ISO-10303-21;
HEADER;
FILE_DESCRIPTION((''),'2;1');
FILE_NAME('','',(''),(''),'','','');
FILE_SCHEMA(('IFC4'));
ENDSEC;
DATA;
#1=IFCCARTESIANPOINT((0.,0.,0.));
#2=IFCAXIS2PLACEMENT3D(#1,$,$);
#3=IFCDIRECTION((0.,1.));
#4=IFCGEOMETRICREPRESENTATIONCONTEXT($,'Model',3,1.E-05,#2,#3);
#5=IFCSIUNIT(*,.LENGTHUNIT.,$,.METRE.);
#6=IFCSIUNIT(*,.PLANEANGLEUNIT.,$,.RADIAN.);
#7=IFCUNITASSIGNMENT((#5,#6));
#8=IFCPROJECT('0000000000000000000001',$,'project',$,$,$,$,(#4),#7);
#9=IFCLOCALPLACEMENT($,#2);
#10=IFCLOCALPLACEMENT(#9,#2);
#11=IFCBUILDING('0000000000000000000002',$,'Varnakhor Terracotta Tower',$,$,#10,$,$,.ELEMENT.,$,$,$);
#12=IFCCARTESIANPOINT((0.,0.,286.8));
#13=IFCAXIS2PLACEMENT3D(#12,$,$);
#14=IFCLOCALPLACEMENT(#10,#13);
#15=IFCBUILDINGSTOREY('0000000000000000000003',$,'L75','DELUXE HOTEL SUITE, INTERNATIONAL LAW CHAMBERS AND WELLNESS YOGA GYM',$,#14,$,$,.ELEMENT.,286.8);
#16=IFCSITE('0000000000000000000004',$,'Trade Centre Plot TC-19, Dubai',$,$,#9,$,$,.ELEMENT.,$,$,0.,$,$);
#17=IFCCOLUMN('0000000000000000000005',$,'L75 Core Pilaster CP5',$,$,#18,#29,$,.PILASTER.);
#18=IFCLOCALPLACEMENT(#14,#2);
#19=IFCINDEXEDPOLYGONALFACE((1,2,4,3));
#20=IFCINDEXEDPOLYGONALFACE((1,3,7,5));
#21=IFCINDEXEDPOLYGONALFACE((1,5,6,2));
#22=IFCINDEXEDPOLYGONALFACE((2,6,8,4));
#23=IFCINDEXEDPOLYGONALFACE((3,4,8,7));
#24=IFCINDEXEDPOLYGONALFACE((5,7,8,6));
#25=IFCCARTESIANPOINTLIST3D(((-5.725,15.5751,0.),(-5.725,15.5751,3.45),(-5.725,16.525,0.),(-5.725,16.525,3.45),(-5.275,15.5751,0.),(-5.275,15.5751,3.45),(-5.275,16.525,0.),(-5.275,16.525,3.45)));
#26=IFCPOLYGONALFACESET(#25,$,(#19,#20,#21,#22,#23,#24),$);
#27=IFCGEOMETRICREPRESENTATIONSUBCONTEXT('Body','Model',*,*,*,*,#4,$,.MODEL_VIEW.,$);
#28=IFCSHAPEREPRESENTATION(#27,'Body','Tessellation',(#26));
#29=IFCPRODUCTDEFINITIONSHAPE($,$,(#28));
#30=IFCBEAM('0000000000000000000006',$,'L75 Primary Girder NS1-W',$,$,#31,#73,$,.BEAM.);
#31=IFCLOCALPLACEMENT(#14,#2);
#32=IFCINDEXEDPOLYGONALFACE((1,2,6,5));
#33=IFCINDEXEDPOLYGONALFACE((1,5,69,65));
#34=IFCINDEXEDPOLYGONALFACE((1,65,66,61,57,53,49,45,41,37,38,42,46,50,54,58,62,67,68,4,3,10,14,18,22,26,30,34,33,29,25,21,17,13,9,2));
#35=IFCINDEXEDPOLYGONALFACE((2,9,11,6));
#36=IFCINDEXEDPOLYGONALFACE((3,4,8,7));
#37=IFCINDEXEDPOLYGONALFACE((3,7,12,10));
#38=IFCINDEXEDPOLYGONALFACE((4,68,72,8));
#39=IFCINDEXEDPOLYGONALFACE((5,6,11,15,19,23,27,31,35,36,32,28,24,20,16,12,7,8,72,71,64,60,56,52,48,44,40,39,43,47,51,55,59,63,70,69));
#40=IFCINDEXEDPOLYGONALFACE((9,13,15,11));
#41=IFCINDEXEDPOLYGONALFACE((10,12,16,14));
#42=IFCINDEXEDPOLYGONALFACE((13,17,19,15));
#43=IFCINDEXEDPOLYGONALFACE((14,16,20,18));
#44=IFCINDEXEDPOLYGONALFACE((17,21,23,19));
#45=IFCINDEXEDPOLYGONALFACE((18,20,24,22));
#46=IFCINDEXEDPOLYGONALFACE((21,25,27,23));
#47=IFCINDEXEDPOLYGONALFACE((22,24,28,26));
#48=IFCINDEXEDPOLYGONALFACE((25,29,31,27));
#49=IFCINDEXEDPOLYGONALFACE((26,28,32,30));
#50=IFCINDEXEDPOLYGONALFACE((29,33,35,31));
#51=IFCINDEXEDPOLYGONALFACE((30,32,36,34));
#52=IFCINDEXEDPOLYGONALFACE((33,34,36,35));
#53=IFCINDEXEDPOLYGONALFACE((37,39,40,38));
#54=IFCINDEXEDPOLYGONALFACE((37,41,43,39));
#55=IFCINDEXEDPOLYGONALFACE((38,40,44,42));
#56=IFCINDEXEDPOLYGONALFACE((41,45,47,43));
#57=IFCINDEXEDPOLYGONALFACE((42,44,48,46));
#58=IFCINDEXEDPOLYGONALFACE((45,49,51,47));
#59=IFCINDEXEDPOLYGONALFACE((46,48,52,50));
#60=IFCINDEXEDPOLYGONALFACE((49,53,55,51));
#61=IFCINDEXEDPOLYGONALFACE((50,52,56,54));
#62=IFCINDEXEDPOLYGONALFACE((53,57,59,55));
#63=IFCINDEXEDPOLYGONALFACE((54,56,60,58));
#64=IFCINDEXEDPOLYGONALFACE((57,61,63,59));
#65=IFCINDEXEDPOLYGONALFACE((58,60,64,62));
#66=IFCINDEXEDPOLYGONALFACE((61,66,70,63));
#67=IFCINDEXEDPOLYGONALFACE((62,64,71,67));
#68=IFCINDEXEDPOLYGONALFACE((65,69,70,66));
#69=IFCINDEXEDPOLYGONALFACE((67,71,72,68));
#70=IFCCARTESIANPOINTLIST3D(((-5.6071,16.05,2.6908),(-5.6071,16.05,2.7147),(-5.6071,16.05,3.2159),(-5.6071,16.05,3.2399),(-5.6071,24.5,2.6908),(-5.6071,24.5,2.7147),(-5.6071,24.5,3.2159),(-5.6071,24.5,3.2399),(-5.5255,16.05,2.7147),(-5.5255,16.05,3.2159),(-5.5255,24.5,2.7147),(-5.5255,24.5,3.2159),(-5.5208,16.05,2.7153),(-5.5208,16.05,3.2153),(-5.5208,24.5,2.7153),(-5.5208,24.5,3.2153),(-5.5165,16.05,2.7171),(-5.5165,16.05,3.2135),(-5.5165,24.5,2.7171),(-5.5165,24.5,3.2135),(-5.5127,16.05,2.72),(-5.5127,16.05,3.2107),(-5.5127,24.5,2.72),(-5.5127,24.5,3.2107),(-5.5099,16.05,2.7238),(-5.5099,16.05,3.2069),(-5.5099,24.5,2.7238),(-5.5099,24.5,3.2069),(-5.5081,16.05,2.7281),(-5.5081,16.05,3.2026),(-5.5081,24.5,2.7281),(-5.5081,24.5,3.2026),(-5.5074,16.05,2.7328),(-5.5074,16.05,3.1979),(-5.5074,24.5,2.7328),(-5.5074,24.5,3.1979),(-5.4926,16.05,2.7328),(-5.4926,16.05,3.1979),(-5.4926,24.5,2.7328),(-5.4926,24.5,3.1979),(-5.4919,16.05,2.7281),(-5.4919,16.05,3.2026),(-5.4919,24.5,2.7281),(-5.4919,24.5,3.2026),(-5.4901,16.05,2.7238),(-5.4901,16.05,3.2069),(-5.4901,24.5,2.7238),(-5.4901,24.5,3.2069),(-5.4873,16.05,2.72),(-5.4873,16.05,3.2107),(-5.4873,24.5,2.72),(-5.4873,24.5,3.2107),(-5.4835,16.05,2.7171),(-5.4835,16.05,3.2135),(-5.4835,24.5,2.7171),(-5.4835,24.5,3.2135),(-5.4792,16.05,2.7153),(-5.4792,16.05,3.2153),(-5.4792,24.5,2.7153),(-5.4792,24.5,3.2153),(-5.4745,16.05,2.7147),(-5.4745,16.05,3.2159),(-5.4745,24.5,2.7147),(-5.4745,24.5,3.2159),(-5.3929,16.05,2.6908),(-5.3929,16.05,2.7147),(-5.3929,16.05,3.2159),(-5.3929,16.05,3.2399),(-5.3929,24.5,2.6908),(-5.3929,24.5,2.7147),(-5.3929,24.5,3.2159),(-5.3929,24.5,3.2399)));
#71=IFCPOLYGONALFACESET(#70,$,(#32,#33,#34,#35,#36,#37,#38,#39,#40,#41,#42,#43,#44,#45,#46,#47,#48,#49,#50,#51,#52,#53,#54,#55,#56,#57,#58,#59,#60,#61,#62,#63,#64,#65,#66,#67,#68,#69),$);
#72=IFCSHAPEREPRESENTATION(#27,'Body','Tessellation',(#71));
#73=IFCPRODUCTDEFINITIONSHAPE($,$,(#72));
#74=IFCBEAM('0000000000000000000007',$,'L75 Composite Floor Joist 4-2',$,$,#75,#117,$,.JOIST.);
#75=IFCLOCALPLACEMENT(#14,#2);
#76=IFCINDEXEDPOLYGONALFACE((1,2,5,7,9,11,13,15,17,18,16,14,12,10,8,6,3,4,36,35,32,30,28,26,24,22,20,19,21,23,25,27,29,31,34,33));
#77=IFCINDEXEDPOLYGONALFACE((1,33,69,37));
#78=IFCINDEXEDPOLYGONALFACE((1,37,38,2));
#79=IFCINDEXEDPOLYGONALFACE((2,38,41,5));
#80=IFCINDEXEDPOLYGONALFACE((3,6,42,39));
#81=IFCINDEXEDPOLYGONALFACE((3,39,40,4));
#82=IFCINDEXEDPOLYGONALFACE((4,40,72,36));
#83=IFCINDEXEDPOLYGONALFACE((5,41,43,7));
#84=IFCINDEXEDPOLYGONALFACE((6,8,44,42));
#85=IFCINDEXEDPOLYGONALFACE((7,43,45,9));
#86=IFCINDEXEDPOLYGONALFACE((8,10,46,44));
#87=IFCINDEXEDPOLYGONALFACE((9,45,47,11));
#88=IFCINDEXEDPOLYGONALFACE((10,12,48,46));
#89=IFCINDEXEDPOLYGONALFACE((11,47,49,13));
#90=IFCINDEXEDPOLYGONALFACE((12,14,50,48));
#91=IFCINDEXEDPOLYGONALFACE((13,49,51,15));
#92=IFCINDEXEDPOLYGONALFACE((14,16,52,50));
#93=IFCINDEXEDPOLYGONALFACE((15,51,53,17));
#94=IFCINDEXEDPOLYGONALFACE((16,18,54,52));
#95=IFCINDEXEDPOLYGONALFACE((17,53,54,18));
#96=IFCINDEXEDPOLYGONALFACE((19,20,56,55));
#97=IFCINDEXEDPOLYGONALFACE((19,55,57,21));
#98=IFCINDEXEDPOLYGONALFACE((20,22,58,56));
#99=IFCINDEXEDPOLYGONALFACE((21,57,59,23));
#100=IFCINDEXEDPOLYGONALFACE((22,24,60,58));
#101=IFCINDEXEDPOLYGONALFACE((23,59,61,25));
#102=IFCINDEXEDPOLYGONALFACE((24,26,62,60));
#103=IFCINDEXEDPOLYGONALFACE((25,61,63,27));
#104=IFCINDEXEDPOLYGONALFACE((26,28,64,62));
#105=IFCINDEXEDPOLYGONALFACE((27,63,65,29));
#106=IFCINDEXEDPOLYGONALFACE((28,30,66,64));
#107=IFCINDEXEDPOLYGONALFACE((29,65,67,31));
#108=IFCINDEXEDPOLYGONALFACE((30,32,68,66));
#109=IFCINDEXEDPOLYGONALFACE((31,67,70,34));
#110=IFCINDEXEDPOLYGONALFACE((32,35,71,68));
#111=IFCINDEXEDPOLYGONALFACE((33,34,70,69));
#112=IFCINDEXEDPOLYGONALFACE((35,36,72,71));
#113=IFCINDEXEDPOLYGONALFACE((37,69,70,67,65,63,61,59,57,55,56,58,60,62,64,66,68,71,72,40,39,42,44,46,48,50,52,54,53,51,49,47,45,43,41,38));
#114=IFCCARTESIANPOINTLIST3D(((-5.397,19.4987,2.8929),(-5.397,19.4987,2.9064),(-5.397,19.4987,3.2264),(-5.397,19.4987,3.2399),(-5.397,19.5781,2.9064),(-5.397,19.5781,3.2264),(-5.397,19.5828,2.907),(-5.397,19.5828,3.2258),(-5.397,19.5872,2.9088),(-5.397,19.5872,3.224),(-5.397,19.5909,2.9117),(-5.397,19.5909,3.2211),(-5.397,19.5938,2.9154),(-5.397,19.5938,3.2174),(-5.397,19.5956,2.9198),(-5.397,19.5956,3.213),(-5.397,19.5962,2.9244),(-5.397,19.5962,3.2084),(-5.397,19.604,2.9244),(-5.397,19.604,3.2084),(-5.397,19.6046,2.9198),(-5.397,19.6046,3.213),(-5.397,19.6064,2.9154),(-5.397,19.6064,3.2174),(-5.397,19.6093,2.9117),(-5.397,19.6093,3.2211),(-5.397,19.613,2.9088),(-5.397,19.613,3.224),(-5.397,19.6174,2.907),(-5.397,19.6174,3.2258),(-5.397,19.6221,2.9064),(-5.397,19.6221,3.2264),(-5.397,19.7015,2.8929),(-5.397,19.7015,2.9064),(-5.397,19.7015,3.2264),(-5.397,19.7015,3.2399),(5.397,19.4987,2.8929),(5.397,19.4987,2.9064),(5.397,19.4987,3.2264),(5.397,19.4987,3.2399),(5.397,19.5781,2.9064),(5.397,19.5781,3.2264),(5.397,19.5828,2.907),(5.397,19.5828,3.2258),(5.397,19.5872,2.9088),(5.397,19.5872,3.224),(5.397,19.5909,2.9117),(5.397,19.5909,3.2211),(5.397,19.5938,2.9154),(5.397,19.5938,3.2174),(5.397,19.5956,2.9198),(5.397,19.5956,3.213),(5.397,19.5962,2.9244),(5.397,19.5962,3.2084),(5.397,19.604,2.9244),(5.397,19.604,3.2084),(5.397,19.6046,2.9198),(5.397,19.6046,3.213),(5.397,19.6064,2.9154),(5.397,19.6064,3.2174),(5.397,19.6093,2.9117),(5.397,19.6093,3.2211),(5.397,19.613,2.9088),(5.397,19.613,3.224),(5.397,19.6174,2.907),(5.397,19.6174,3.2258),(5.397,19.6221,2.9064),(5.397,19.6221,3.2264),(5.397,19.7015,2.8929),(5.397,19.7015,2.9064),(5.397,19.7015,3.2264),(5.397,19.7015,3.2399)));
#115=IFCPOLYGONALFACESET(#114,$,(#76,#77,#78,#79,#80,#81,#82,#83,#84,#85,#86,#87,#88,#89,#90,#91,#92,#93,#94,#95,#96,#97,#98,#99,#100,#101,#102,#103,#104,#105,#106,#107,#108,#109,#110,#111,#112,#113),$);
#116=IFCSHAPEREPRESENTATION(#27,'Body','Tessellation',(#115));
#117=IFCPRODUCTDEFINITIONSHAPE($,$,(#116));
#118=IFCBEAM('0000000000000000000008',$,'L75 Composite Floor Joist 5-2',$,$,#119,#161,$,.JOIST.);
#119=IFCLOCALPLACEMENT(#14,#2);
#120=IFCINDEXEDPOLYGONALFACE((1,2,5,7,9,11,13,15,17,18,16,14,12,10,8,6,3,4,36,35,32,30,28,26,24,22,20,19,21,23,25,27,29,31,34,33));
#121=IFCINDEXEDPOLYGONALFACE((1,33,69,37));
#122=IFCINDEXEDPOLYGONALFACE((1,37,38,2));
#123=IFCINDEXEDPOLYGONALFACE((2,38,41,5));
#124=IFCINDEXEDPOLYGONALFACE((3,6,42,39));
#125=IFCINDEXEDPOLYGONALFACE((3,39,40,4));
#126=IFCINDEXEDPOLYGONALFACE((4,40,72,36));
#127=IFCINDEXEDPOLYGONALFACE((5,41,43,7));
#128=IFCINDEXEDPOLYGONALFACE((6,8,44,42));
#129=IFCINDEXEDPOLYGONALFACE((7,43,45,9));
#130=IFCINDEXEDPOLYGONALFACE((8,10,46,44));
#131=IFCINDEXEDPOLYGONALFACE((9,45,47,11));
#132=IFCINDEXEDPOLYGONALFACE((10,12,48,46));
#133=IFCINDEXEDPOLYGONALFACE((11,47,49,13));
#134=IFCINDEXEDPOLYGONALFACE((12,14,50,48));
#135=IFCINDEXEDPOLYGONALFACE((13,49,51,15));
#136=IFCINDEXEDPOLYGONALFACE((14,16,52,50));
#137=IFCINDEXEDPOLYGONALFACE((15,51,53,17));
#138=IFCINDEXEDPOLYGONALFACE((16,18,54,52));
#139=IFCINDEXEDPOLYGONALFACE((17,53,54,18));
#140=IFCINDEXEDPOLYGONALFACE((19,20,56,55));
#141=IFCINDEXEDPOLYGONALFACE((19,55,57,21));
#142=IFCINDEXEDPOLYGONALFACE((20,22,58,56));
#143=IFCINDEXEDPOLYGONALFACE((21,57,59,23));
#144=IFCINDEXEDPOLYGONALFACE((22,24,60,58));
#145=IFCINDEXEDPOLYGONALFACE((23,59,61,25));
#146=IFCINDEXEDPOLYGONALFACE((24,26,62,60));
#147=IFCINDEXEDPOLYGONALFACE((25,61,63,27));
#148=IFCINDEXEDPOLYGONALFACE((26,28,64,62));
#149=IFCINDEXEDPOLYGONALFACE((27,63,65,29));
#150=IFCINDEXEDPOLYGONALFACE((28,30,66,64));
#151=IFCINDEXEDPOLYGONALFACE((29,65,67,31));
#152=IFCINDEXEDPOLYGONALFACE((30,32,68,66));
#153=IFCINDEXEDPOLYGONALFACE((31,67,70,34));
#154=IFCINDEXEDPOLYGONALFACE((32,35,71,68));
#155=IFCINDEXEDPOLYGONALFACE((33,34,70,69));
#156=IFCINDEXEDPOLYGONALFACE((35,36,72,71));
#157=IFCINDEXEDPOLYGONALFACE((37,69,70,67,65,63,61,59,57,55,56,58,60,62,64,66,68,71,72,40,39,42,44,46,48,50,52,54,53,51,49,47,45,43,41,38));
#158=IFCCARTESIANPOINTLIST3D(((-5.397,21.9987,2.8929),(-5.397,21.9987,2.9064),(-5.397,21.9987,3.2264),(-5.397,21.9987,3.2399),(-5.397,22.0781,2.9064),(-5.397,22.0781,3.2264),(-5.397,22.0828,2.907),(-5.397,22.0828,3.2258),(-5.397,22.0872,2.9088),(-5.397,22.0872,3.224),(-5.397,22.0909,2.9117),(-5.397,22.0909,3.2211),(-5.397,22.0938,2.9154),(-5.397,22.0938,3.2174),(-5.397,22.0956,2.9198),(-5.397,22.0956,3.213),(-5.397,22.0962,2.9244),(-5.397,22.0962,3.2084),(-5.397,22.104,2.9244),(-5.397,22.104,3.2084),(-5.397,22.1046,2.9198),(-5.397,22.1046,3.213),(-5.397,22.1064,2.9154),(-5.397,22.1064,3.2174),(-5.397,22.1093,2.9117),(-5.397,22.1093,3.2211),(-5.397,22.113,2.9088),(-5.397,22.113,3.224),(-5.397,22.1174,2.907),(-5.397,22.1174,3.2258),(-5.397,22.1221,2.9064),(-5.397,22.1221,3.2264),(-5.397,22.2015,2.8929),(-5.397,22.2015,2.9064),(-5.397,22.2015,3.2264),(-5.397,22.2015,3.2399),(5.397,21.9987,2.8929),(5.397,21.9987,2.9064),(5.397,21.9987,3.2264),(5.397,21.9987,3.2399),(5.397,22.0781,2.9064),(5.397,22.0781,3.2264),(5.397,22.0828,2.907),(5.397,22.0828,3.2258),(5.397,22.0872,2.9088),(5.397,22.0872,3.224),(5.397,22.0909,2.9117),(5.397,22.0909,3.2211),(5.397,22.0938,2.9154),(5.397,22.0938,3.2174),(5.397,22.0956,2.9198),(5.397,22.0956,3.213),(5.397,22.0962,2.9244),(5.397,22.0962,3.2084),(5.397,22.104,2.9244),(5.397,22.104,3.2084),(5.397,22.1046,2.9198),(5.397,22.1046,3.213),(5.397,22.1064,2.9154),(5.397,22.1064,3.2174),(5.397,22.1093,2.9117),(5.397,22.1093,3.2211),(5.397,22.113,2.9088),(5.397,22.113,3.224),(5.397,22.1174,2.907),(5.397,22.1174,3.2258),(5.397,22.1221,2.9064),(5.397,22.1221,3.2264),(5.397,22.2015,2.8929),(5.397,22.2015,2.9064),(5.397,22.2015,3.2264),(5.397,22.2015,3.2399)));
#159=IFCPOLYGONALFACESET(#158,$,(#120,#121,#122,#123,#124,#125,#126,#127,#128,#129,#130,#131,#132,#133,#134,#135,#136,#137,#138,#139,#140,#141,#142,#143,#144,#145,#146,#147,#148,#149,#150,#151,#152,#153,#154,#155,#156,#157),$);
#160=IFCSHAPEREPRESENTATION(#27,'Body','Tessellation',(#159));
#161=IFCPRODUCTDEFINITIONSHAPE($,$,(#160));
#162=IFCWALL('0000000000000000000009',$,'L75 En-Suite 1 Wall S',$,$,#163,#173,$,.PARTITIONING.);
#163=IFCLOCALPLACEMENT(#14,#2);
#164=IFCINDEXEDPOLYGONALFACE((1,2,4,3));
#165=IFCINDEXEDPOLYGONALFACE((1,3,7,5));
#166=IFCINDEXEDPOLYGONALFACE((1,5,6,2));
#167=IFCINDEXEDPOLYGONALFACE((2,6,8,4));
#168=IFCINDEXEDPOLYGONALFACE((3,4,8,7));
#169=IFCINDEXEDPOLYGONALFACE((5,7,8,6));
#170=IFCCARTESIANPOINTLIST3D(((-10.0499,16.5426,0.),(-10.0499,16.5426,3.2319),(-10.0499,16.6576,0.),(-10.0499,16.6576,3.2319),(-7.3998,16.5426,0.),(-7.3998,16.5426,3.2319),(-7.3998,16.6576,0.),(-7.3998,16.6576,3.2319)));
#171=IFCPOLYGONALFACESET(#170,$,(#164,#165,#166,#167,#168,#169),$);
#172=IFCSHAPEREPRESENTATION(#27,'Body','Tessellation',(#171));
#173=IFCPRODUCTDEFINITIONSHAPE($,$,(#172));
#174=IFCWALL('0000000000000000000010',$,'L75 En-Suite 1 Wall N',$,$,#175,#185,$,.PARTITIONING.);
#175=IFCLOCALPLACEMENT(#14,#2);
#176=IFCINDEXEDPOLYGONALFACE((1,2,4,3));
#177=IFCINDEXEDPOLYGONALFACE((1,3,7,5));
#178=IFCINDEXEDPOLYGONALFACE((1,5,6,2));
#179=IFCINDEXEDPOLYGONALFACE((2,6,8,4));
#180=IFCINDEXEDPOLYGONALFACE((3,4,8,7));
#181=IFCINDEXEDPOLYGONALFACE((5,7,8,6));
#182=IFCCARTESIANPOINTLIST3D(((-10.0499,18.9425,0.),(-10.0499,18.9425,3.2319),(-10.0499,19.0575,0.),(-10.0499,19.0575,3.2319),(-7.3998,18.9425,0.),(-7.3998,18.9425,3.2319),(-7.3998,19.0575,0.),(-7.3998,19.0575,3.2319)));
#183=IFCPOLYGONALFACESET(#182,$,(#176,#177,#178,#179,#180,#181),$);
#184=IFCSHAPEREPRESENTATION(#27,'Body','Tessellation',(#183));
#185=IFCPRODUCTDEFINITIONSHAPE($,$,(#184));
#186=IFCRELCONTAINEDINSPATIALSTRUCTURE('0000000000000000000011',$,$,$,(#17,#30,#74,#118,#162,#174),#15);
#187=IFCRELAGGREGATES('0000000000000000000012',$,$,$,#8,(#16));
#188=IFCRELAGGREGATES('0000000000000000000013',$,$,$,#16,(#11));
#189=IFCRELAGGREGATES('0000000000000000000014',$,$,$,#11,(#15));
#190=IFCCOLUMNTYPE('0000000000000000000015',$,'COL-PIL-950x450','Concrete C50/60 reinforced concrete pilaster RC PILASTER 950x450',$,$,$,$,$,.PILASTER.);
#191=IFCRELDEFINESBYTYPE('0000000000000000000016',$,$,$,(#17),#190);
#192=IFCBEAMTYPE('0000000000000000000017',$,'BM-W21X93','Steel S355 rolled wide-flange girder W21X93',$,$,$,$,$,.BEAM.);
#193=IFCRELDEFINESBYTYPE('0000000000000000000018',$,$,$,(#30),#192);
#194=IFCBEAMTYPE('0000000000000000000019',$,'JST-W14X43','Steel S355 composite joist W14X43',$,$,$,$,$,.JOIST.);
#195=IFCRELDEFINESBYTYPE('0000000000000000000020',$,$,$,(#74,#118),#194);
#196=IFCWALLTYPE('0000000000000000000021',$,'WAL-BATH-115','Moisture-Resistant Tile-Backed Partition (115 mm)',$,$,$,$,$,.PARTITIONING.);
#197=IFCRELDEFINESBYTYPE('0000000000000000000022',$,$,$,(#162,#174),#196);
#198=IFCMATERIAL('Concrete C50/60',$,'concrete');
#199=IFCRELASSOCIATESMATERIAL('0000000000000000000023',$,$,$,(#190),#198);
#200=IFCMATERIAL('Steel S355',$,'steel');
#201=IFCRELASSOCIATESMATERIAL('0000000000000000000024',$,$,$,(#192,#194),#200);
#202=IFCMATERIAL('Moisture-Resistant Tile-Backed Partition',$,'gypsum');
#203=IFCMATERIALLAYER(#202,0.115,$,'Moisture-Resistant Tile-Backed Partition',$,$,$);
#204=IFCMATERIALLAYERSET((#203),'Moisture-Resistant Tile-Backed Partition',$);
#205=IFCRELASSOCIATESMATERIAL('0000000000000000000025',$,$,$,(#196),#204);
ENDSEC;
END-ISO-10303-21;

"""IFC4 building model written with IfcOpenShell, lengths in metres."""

from ifc_helpers import new_model, si_unit, direction, frame, frame_2d, origin, origin_2d, place, context, subcontext, project, spatial, rectangle, i_section, extrude, source, transform, mapped, material, layer, layer_set, material_profile, profile_set, type_object, type_shapes, element, save


model = new_model("IFC4")

# Units and contexts
model_context = context("Model", 3, precision=1e-05, world=origin(), true_north=direction((0.0, 1.0)))
body_context = subcontext(model_context, "Body", "Model", "MODEL_VIEW")
ifc_project = project(units=[si_unit("LENGTHUNIT", "METRE"), si_unit("PLANEANGLEUNIT", "RADIAN")], contexts=[model_context])

# Site, building, storey
site_placement = place(None, origin())
site = spatial("IfcSite", under=ifc_project, at=site_placement, Name="Trade Centre Plot TC-19, Dubai", CompositionType="ELEMENT", RefElevation=0.0)
building_placement = place(site_placement, origin())
building = spatial("IfcBuilding", under=site, at=building_placement, Name="Varnakhor Terracotta Tower", CompositionType="ELEMENT")
storey_placement = place(building_placement, frame((0.0, 0.0, 286.8)))
storey = spatial("IfcBuildingStorey", under=building, at=storey_placement, Name="L75", Description="DELUXE HOTEL SUITE, INTERNATIONAL LAW CHAMBERS AND WELLNESS YOGA GYM", CompositionType="ELEMENT", Elevation=286.8)

# Column
ifc_material_1 = material(Name="Concrete C50/60", Category="concrete")
ifc_material_profile_1 = material_profile(ifc_material_1, rectangle(XDim=0.45, YDim=0.95, at=origin_2d()), Name="RC PILASTER 950x450")
ifc_profile_set_1 = profile_set([ifc_material_profile_1], Name="Concrete C50/60")
column_type = type_object("IfcColumnType", Name="COL-PIL-950x450", Description="Concrete C50/60 reinforced concrete pilaster RC PILASTER 950x450", PredefinedType="PILASTER", material=ifc_profile_set_1)
shared_shape_1 = source(origin(), body_context, "Body", "SweptSolid", [
    extrude(rectangle(XDim=0.45, YDim=0.95, at=origin_2d()), origin(), (0.0, 0.0, 1.0), 3.45),
])
column_placement = place(storey_placement, frame((-5.5, 16.05, 0.0), z_axis=(0.0, 0.0, 1.0), x_axis=(1.0, 0.0, 0.0)))
element("IfcColumn", 1, at=column_placement, inside=storey, type_object=column_type, Name="L75 Core Pilaster CP5", PredefinedType="PILASTER", context=body_context, shape_type="MappedRepresentation", body=[
    mapped(shared_shape_1, transform((0.0, 0.0, 0.0), scale=1.0)),
])

# Beams
ifc_material_2 = material(Name="Steel S355", Category="steel")
ifc_material_profile_2 = material_profile(ifc_material_2, i_section(OverallWidth=0.2141, OverallDepth=0.5491, WebThickness=0.0149, FlangeThickness=0.0239, FilletRadius=0.0181, at=origin_2d()), Name="W21X93")
ifc_profile_set_2 = profile_set([ifc_material_profile_2], Name="Steel S355")
beam_type_1 = type_object("IfcBeamType", Name="BM-W21X93", Description="Steel S355 rolled wide-flange girder W21X93", PredefinedType="BEAM", material=ifc_profile_set_2)
shared_shape_2 = source(origin(), body_context, "Body", "SweptSolid", [
    extrude(i_section(OverallWidth=0.2141, OverallDepth=0.5491, WebThickness=0.0149, FlangeThickness=0.0239, FilletRadius=0.0181, at=origin_2d()), origin(), (0.0, 0.0, 1.0), 8.45),
])
type_shapes(beam_type_1, [shared_shape_2])
beam_placement = place(storey_placement, frame((-5.5, 16.05, 2.9653), z_axis=(0.0, 1.0, 0.0), x_axis=(-1.0, 0.0, 0.0)))
element("IfcBeam", 2, at=beam_placement, inside=storey, type_object=beam_type_1, Name="L75 Primary Girder NS1-W", PredefinedType="BEAM", context=body_context, shape_type="MappedRepresentation", body=[
    mapped(shared_shape_2, transform((0.0, 0.0, 0.0), scale=1.0)),
])
ifc_material_profile_3 = material_profile(ifc_material_2, i_section(OverallWidth=0.2029, OverallDepth=0.3469, WebThickness=0.0078, FlangeThickness=0.0134, FilletRadius=0.0181, at=origin_2d()), Name="W14X43")
ifc_profile_set_3 = profile_set([ifc_material_profile_3], Name="Steel S355")
beam_type_2 = type_object("IfcBeamType", Name="JST-W14X43", Description="Steel S355 composite joist W14X43", PredefinedType="JOIST", material=ifc_profile_set_3)
shared_shape_3 = source(origin(), body_context, "Body", "SweptSolid", [
    extrude(i_section(OverallWidth=0.2029, OverallDepth=0.3469, WebThickness=0.0078, FlangeThickness=0.0134, FilletRadius=0.0181, at=origin_2d()), origin(), (0.0, 0.0, 1.0), 10.7939),
])
for number, where, z_axis, x_axis, name in (
    (3, (-5.397, 19.6001, 3.0664), (1.0, 0.0, 0.0), (0.0, 1.0, 0.0), "L75 Composite Floor Joist 4-2"),
    (4, (-5.397, 22.1001, 3.0664), (1.0, 0.0, 0.0), (0.0, 1.0, 0.0), "L75 Composite Floor Joist 5-2"),
):
    element("IfcBeam", number, at=place(storey_placement, frame(where, z_axis=z_axis, x_axis=x_axis)), inside=storey, type_object=beam_type_2, Name=name, PredefinedType="JOIST", context=body_context, shape_type="MappedRepresentation", body=[
        mapped(shared_shape_3, transform((0.0, 0.0, 0.0), scale=1.0)),
    ])

# Walls
ifc_material_3 = material(Name="Moisture-Resistant Tile-Backed Partition", Category="gypsum")
ifc_layer_1 = layer(ifc_material_3, 0.115, Name="Moisture-Resistant Tile-Backed Partition")
ifc_layer_set_1 = layer_set([ifc_layer_1], Name="Moisture-Resistant Tile-Backed Partition")
wall_type_1 = type_object("IfcWallType", Name="WAL-BATH-115", Description="Moisture-Resistant Tile-Backed Partition (115 mm)", PredefinedType="PARTITIONING", material=ifc_layer_set_1)
for number, where, z_axis, x_axis, name in (
    (5, (-10.05, 16.6001, 0.0), (0.0, 0.0, 1.0), (1.0, 0.0, 0.0), "L75 En-Suite 1 Wall S"),
    (6, (-10.05, 19.0, 0.0), (0.0, 0.0, 1.0), (1.0, 0.0, 0.0), "L75 En-Suite 1 Wall N"),
):
    element("IfcWall", number, at=place(storey_placement, frame(where, z_axis=z_axis, x_axis=x_axis)), inside=storey, type_object=wall_type_1, Name=name, PredefinedType="PARTITIONING", context=body_context, shape_type="SweptSolid", body=[
        extrude(rectangle(XDim=2.6501, YDim=0.115, at=frame_2d((1.3252, 0.0))), origin(), (0.0, 0.0, 1.0), 3.2319),
    ])

save(model, "model.ifc")
